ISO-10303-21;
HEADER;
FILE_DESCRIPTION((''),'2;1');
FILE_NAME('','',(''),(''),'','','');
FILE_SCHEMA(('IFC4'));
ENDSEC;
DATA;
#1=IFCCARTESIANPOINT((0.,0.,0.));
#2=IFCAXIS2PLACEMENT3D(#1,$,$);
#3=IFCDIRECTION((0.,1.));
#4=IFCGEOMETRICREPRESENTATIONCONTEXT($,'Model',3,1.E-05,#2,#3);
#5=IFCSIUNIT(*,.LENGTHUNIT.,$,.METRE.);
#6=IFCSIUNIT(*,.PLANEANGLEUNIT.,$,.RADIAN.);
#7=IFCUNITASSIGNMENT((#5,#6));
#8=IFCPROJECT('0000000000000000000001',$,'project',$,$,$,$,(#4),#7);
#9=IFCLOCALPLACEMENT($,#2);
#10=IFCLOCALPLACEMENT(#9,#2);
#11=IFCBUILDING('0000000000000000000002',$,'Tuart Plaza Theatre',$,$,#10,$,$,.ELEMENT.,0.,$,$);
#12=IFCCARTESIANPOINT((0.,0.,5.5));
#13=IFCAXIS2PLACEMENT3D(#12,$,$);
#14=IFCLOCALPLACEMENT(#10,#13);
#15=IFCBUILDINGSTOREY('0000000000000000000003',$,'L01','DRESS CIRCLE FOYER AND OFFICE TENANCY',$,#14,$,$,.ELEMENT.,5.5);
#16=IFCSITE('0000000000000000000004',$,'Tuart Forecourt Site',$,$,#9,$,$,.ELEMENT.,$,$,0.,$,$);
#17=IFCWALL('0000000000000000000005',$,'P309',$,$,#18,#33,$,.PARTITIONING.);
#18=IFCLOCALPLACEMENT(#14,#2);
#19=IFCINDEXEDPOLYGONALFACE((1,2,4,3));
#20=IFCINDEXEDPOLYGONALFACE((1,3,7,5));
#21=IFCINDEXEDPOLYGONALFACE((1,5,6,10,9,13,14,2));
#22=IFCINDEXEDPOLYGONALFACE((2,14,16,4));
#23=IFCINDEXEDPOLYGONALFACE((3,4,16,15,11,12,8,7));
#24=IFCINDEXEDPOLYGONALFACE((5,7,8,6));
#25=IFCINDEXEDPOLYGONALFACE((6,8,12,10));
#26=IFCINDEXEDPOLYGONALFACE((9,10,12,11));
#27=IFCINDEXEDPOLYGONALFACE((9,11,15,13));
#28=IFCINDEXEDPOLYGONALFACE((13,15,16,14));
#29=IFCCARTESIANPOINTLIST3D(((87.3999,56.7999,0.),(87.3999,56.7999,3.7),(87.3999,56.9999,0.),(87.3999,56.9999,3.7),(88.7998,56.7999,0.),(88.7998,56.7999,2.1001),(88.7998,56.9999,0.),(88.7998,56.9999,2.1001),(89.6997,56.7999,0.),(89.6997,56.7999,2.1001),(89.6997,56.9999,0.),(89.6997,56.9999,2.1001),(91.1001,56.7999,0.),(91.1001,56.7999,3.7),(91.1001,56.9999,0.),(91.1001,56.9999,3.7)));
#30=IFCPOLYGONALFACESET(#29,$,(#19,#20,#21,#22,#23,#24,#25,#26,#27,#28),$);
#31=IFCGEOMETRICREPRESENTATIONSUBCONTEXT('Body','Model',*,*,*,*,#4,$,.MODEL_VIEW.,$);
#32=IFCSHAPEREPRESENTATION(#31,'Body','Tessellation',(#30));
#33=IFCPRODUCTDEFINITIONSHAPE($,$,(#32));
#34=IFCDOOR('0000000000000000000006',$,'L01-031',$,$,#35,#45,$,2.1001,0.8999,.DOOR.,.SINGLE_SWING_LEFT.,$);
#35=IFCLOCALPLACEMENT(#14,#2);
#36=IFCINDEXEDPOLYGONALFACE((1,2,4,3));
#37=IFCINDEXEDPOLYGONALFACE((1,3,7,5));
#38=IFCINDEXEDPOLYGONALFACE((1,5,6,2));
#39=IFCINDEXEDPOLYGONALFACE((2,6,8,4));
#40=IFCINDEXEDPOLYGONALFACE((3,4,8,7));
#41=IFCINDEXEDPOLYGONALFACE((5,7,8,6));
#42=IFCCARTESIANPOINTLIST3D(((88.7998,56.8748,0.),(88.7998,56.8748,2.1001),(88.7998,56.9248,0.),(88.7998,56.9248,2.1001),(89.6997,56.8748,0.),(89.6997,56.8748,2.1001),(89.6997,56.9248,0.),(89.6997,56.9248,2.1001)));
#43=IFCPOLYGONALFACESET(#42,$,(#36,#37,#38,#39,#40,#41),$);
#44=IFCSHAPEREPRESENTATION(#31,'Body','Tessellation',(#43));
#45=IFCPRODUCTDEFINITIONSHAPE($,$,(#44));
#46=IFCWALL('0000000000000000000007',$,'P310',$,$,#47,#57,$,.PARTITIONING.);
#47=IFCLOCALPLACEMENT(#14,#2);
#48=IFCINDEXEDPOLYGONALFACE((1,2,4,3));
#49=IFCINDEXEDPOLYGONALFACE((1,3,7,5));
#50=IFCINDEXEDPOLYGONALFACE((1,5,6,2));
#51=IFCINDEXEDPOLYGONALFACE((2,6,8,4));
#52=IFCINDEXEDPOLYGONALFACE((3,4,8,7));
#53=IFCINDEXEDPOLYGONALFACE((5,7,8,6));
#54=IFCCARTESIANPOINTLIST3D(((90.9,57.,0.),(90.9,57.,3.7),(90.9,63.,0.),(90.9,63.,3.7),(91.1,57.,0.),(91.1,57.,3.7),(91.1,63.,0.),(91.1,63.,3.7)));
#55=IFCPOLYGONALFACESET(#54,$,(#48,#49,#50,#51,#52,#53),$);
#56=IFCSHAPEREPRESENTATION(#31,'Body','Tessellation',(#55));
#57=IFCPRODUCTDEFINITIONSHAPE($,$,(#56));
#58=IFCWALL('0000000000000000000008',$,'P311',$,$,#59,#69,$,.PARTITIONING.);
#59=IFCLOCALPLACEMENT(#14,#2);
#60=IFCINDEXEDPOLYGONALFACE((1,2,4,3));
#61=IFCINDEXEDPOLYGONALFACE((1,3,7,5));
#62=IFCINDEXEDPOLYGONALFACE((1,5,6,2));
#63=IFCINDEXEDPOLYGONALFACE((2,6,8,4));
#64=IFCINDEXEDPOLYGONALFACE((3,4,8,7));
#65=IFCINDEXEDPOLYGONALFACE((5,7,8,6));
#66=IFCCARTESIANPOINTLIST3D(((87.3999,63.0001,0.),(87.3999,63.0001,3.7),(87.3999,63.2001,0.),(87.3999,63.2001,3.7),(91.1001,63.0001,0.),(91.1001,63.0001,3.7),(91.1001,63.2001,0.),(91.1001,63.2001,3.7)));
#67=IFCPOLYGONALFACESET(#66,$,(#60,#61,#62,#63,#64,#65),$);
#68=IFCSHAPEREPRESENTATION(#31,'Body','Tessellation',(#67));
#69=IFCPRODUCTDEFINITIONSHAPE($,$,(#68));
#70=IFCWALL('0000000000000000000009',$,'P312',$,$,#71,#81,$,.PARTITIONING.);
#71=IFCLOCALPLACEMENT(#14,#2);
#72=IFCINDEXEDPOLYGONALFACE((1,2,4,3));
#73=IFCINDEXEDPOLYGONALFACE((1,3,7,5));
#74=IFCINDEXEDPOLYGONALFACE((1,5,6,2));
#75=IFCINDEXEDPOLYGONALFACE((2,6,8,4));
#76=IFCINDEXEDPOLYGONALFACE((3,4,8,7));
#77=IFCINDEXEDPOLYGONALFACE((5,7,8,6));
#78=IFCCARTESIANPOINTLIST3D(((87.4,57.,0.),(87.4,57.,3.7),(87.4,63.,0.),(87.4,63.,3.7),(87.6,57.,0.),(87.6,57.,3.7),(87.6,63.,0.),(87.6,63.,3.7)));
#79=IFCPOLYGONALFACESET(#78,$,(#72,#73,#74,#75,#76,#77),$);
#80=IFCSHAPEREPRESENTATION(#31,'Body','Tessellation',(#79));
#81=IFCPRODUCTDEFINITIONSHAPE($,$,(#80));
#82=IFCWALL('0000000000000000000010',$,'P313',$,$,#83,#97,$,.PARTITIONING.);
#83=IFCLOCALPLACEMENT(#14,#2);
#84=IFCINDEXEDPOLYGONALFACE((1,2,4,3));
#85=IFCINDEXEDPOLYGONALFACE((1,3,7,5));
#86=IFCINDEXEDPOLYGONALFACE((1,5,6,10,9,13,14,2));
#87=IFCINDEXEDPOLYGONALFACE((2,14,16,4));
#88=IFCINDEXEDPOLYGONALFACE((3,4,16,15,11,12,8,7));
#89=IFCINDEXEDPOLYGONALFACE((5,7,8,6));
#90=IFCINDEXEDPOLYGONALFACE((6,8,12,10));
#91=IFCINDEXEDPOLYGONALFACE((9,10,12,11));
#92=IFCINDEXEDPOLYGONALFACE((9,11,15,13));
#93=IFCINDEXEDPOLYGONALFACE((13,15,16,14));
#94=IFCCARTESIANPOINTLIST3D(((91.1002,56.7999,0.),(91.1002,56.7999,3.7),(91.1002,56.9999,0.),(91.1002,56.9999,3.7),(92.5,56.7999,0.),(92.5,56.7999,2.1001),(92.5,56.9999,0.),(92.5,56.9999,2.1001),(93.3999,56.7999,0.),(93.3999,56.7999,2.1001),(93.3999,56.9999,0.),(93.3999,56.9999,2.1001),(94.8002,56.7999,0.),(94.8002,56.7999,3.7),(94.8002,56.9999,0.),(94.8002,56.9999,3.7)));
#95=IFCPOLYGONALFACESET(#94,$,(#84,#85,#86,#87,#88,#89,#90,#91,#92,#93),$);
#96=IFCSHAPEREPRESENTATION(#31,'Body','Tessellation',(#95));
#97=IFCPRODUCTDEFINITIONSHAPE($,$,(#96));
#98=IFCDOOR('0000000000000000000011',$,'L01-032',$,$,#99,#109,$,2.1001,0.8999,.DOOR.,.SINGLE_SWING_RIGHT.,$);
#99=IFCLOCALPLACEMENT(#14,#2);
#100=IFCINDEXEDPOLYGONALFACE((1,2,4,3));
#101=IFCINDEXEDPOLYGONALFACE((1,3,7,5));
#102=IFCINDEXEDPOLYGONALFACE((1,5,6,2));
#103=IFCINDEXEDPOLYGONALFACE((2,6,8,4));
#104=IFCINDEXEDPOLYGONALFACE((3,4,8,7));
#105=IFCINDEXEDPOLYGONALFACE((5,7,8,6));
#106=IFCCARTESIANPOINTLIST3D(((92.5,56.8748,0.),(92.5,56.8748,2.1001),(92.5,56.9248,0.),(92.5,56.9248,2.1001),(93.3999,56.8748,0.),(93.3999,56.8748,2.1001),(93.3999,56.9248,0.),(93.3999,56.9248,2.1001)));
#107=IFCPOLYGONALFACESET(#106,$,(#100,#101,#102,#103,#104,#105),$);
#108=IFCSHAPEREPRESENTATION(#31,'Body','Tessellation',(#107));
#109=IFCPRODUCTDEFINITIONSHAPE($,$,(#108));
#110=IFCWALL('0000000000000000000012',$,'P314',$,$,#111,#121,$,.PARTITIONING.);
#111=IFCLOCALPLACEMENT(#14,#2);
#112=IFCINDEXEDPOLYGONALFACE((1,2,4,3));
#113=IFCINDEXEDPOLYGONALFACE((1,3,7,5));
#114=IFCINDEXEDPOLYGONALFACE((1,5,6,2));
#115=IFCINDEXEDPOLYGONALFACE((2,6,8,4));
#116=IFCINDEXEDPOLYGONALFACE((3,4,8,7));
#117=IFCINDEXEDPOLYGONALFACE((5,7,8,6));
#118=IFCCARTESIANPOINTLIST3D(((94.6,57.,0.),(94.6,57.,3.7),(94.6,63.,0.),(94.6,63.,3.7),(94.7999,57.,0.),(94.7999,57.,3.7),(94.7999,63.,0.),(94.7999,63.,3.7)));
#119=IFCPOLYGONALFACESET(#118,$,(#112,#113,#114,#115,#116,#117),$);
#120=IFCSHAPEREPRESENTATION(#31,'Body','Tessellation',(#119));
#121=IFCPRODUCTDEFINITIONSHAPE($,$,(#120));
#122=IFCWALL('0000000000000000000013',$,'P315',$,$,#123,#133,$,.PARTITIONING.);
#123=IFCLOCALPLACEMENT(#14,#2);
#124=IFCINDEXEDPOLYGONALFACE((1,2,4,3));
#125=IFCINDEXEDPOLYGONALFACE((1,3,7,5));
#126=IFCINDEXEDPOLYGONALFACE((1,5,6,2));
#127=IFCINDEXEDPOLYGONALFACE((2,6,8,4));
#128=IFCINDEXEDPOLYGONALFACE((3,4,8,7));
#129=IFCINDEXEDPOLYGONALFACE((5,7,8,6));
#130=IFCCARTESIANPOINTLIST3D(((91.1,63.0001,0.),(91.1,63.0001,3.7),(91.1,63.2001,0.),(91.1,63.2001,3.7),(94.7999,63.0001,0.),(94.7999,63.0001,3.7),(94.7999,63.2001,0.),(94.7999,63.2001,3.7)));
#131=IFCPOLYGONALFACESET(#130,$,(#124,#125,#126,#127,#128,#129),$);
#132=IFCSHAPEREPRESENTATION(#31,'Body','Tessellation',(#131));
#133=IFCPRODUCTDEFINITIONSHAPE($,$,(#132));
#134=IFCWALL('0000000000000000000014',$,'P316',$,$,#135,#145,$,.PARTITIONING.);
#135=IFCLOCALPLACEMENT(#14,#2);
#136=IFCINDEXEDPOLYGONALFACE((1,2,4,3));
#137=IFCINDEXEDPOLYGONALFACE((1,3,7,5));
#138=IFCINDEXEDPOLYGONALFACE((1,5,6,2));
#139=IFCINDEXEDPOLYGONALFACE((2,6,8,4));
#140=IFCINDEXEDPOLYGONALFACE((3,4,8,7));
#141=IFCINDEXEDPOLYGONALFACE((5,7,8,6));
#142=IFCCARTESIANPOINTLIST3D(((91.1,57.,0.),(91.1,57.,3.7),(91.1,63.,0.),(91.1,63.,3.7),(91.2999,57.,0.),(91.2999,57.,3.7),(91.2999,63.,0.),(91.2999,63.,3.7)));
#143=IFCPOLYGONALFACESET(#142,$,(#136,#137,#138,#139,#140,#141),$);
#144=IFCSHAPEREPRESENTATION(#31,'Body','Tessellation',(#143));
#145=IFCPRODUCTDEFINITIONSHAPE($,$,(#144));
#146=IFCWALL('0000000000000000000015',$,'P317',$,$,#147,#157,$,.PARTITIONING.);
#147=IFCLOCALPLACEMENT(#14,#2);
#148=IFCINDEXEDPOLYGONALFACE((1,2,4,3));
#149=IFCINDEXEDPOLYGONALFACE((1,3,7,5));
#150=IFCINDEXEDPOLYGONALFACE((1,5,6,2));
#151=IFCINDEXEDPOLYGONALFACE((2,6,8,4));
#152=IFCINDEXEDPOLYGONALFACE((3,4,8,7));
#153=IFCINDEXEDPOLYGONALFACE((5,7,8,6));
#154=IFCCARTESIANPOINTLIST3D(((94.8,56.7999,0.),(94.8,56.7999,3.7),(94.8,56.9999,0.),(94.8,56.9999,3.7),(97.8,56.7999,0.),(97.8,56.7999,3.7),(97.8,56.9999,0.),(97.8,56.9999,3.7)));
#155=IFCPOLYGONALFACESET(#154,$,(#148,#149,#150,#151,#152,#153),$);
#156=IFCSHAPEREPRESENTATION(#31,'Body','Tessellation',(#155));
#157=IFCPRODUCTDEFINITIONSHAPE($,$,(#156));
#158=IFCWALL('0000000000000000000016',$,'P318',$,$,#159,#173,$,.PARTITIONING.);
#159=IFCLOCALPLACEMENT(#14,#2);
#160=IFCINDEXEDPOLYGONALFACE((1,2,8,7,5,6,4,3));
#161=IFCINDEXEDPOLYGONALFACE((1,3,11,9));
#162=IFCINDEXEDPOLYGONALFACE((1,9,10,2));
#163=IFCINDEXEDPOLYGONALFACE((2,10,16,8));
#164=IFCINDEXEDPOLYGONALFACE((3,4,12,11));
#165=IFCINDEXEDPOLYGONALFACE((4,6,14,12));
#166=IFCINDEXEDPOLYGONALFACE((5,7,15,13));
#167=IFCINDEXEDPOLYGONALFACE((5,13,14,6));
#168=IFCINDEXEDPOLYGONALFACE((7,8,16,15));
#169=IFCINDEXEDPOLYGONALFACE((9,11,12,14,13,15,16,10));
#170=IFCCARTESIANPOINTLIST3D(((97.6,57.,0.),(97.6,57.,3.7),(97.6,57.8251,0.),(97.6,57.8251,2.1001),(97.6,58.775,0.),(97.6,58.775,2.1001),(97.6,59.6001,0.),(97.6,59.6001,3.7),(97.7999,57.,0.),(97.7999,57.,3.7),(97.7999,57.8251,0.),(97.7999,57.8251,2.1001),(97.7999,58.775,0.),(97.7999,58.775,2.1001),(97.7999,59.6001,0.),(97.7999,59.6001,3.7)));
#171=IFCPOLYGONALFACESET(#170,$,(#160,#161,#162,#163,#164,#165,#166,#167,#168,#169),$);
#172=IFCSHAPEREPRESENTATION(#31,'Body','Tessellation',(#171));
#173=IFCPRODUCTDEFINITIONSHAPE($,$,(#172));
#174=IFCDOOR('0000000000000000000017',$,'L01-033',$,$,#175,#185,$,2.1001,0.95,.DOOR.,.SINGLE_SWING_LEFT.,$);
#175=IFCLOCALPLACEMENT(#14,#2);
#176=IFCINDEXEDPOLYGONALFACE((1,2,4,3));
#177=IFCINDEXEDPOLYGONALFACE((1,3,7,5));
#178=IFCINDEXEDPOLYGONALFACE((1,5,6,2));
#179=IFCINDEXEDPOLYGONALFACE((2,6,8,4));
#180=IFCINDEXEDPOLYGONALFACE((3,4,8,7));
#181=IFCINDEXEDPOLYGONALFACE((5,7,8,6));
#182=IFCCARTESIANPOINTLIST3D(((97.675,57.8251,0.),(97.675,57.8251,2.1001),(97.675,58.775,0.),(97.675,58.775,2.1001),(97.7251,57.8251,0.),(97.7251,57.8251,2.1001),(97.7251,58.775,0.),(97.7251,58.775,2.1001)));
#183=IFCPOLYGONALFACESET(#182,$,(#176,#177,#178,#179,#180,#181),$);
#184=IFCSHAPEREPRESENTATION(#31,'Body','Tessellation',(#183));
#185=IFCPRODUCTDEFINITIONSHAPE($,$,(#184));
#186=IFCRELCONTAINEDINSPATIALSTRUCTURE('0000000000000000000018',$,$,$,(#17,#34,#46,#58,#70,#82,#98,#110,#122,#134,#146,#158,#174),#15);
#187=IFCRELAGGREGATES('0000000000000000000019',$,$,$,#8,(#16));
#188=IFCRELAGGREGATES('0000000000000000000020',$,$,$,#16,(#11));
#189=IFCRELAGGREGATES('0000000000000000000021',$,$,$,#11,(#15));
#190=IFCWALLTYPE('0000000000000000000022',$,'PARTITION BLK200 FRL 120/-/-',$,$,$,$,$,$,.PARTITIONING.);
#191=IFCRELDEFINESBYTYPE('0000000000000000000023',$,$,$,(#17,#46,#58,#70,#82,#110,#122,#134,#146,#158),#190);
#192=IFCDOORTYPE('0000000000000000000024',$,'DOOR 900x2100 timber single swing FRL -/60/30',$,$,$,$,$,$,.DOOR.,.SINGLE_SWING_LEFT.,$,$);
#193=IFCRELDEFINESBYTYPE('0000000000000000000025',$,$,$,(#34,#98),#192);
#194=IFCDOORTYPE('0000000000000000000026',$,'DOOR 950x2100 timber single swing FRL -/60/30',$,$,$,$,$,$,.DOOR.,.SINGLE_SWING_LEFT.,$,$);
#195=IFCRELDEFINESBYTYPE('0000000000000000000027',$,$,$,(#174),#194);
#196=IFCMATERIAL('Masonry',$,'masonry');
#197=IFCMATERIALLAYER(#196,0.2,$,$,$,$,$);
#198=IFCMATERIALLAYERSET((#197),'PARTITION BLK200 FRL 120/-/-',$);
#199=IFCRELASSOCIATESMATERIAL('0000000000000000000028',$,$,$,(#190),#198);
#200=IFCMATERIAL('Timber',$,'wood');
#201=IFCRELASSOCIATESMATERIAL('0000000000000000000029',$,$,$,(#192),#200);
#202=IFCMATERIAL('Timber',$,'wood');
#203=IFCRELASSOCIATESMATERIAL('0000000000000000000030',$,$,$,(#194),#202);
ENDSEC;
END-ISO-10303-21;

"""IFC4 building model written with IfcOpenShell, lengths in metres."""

from ifc_helpers import new_model, si_unit, direction, frame, frame_2d, origin, place, context, subcontext, project, spatial, rectangle, extrude, material, layer, layer_set, type_object, element, fill, save


model = new_model("IFC4")

# Units and contexts
model_context = context("Model", 3, precision=1e-05, world=origin(), true_north=direction((0.0, 1.0)))
body_context = subcontext(model_context, "Body", "Model", "MODEL_VIEW")
ifc_project = project(units=[si_unit("LENGTHUNIT", "METRE"), si_unit("PLANEANGLEUNIT", "RADIAN")], contexts=[model_context])

# Site, building, storey
site_placement = place(None, origin())
site = spatial("IfcSite", under=ifc_project, at=site_placement, Name="Tuart Forecourt Site", CompositionType="ELEMENT", RefElevation=0.0)
building_placement = place(site_placement, origin())
building = spatial("IfcBuilding", under=site, at=building_placement, Name="Tuart Plaza Theatre", CompositionType="ELEMENT", ElevationOfRefHeight=0.0)
storey_placement = place(building_placement, frame((0.0, 0.0, 5.5)))
storey = spatial("IfcBuildingStorey", under=building, at=storey_placement, Name="L01", Description="DRESS CIRCLE FOYER AND OFFICE TENANCY", CompositionType="ELEMENT", Elevation=5.5)

# Wall, opening, door
ifc_material_1 = material(Name="Masonry", Category="masonry")
ifc_layer_1 = layer(ifc_material_1, 0.2)
ifc_layer_set_1 = layer_set([ifc_layer_1], Name="PARTITION BLK200 FRL 120/-/-")
wall_type = type_object("IfcWallType", Name="PARTITION BLK200 FRL 120/-/-", PredefinedType="PARTITIONING", material=ifc_layer_set_1)
wall_1_placement = place(storey_placement, frame((87.3999, 56.8999, 0.0), z_axis=(0.0, 0.0, 1.0), x_axis=(1.0, 0.0, 0.0)))
wall_1 = element("IfcWall", 1, at=wall_1_placement, inside=storey, type_object=wall_type, Name="P309", PredefinedType="PARTITIONING", context=body_context, shape_type="SweptSolid", body=[
    extrude(rectangle(XDim=3.7002, YDim=0.2, at=frame_2d((1.8501, 0.0))), origin(), (0.0, 0.0, 1.0), 3.7),
])
opening_1_placement = place(wall_1_placement, frame((1.3999, 0.0, 0.0)))
opening_1 = element("IfcOpeningElement", 2, at=opening_1_placement, cuts=wall_1, PredefinedType="OPENING", context=body_context, shape_type="SweptSolid", body=[
    extrude(rectangle(XDim=0.8999, YDim=2.1001, at=frame_2d((0.45, 1.05))), frame((0.0, 0.1099, 0.0), z_axis=(0.0, -1.0, 0.0), x_axis=(1.0, 0.0, 0.0)), (0.0, 0.0, 1.0), 0.22),
])
ifc_material_2 = material(Name="Timber", Category="wood")
door_type_1 = type_object("IfcDoorType", Name="DOOR 900x2100 timber single swing FRL -/60/30", OperationType="SINGLE_SWING_LEFT", PredefinedType="DOOR", material=ifc_material_2)
door_1_placement = place(opening_1_placement, origin())
door_1 = element("IfcDoor", 3, at=door_1_placement, inside=storey, type_object=door_type_1, Name="L01-031", OperationType="SINGLE_SWING_LEFT", OverallHeight=2.1001, OverallWidth=0.8999, PredefinedType="DOOR", context=body_context, shape_type="SweptSolid", body=[
    extrude(rectangle(XDim=0.8999, YDim=2.1001, at=frame_2d((0.45, 1.05))), frame((0.0, 0.0249, 0.0), z_axis=(0.0, -1.0, 0.0), x_axis=(1.0, 0.0, 0.0)), (0.0, 0.0, 1.0), 0.05),
])
fill(opening_1, door_1)

# Walls
wall_2_placement = place(storey_placement, frame((91.0, 57.0, 0.0), z_axis=(0.0, 0.0, 1.0), x_axis=(0.0, 1.0, 0.0)))
element("IfcWall", 4, at=wall_2_placement, inside=storey, type_object=wall_type, Name="P310", PredefinedType="PARTITIONING", context=body_context, shape_type="SweptSolid", body=[
    extrude(rectangle(XDim=6.0, YDim=0.2, at=frame_2d((3.0, 0.0))), origin(), (0.0, 0.0, 1.0), 3.7),
])
wall_3_placement = place(storey_placement, frame((91.1001, 63.1001, 0.0), z_axis=(0.0, 0.0, 1.0), x_axis=(-1.0, 0.0, 0.0)))
element("IfcWall", 5, at=wall_3_placement, inside=storey, type_object=wall_type, Name="P311", PredefinedType="PARTITIONING", context=body_context, shape_type="SweptSolid", body=[
    extrude(rectangle(XDim=3.7002, YDim=0.2, at=frame_2d((1.8501, 0.0))), origin(), (0.0, 0.0, 1.0), 3.7),
])
wall_4_placement = place(storey_placement, frame((87.5, 63.0, 0.0), z_axis=(0.0, 0.0, 1.0), x_axis=(0.0, -1.0, 0.0)))
element("IfcWall", 6, at=wall_4_placement, inside=storey, type_object=wall_type, Name="P312", PredefinedType="PARTITIONING", context=body_context, shape_type="SweptSolid", body=[
    extrude(rectangle(XDim=6.0, YDim=0.2, at=frame_2d((3.0, 0.0))), origin(), (0.0, 0.0, 1.0), 3.7),
])

# Wall, opening, door
wall_5_placement = place(storey_placement, frame((91.1001, 56.8999, 0.0), z_axis=(0.0, 0.0, 1.0), x_axis=(1.0, 0.0, 0.0)))
wall_5 = element("IfcWall", 7, at=wall_5_placement, inside=storey, type_object=wall_type, Name="P313", PredefinedType="PARTITIONING", context=body_context, shape_type="SweptSolid", body=[
    extrude(rectangle(XDim=3.7, YDim=0.2, at=frame_2d((1.8501, 0.0))), origin(), (0.0, 0.0, 1.0), 3.7),
])
opening_2_placement = place(wall_5_placement, frame((1.3999, 0.0, 0.0)))
opening_2 = element("IfcOpeningElement", 8, at=opening_2_placement, cuts=wall_5, PredefinedType="OPENING", context=body_context, shape_type="SweptSolid", body=[
    extrude(rectangle(XDim=0.8999, YDim=2.1001, at=frame_2d((0.45, 1.05))), frame((0.0, 0.1099, 0.0), z_axis=(0.0, -1.0, 0.0), x_axis=(1.0, 0.0, 0.0)), (0.0, 0.0, 1.0), 0.22),
])
door_2_placement = place(opening_2_placement, origin())
door_2 = element("IfcDoor", 9, at=door_2_placement, inside=storey, type_object=door_type_1, Name="L01-032", OperationType="SINGLE_SWING_RIGHT", OverallHeight=2.1001, OverallWidth=0.8999, PredefinedType="DOOR", context=body_context, shape_type="SweptSolid", body=[
    extrude(rectangle(XDim=0.8999, YDim=2.1001, at=frame_2d((0.45, 1.05))), frame((0.0, 0.0249, 0.0), z_axis=(0.0, -1.0, 0.0), x_axis=(1.0, 0.0, 0.0)), (0.0, 0.0, 1.0), 0.05),
])
fill(opening_2, door_2)

# Walls
wall_6_placement = place(storey_placement, frame((94.7, 57.0, 0.0), z_axis=(0.0, 0.0, 1.0), x_axis=(0.0, 1.0, 0.0)))
element("IfcWall", 10, at=wall_6_placement, inside=storey, type_object=wall_type, Name="P314", PredefinedType="PARTITIONING", context=body_context, shape_type="SweptSolid", body=[
    extrude(rectangle(XDim=6.0, YDim=0.2, at=frame_2d((3.0, 0.0))), origin(), (0.0, 0.0, 1.0), 3.7),
])
wall_7_placement = place(storey_placement, frame((94.8, 63.1001, 0.0), z_axis=(0.0, 0.0, 1.0), x_axis=(-1.0, 0.0, 0.0)))
element("IfcWall", 11, at=wall_7_placement, inside=storey, type_object=wall_type, Name="P315", PredefinedType="PARTITIONING", context=body_context, shape_type="SweptSolid", body=[
    extrude(rectangle(XDim=3.7, YDim=0.2, at=frame_2d((1.8501, 0.0))), origin(), (0.0, 0.0, 1.0), 3.7),
])
wall_8_placement = place(storey_placement, frame((91.2, 63.0, 0.0), z_axis=(0.0, 0.0, 1.0), x_axis=(0.0, -1.0, 0.0)))
element("IfcWall", 12, at=wall_8_placement, inside=storey, type_object=wall_type, Name="P316", PredefinedType="PARTITIONING", context=body_context, shape_type="SweptSolid", body=[
    extrude(rectangle(XDim=6.0, YDim=0.2, at=frame_2d((3.0, 0.0))), origin(), (0.0, 0.0, 1.0), 3.7),
])
wall_9_placement = place(storey_placement, frame((94.8, 56.8999, 0.0), z_axis=(0.0, 0.0, 1.0), x_axis=(1.0, 0.0, 0.0)))
element("IfcWall", 13, at=wall_9_placement, inside=storey, type_object=wall_type, Name="P317", PredefinedType="PARTITIONING", context=body_context, shape_type="SweptSolid", body=[
    extrude(rectangle(XDim=3.0, YDim=0.2, at=frame_2d((1.5, 0.0))), origin(), (0.0, 0.0, 1.0), 3.7),
])

# Wall, opening, door
wall_10_placement = place(storey_placement, frame((97.7, 57.0, 0.0), z_axis=(0.0, 0.0, 1.0), x_axis=(0.0, 1.0, 0.0)))
wall_10 = element("IfcWall", 14, at=wall_10_placement, inside=storey, type_object=wall_type, Name="P318", PredefinedType="PARTITIONING", context=body_context, shape_type="SweptSolid", body=[
    extrude(rectangle(XDim=2.6001, YDim=0.2, at=frame_2d((1.3, 0.0))), origin(), (0.0, 0.0, 1.0), 3.7),
])
opening_3_placement = place(wall_10_placement, frame((0.825, 0.0, 0.0)))
opening_3 = element("IfcOpeningElement", 15, at=opening_3_placement, cuts=wall_10, PredefinedType="OPENING", context=body_context, shape_type="SweptSolid", body=[
    extrude(rectangle(XDim=0.95, YDim=2.1001, at=frame_2d((0.4751, 1.05))), frame((0.0, 0.1099, 0.0), z_axis=(0.0, -1.0, 0.0), x_axis=(1.0, 0.0, 0.0)), (0.0, 0.0, 1.0), 0.22),
])
ifc_material_3 = material(Name="Timber", Category="wood")
door_type_2 = type_object("IfcDoorType", Name="DOOR 950x2100 timber single swing FRL -/60/30", OperationType="SINGLE_SWING_LEFT", PredefinedType="DOOR", material=ifc_material_3)
door_3_placement = place(opening_3_placement, origin())
door_3 = element("IfcDoor", 16, at=door_3_placement, inside=storey, type_object=door_type_2, Name="L01-033", OperationType="SINGLE_SWING_LEFT", OverallHeight=2.1001, OverallWidth=0.95, PredefinedType="DOOR", context=body_context, shape_type="SweptSolid", body=[
    extrude(rectangle(XDim=0.95, YDim=2.1001, at=frame_2d((0.4751, 1.05))), frame((0.0, 0.0249, 0.0), z_axis=(0.0, -1.0, 0.0), x_axis=(1.0, 0.0, 0.0)), (0.0, 0.0, 1.0), 0.05),
])
fill(opening_3, door_3)

save(model, "model.ifc")
